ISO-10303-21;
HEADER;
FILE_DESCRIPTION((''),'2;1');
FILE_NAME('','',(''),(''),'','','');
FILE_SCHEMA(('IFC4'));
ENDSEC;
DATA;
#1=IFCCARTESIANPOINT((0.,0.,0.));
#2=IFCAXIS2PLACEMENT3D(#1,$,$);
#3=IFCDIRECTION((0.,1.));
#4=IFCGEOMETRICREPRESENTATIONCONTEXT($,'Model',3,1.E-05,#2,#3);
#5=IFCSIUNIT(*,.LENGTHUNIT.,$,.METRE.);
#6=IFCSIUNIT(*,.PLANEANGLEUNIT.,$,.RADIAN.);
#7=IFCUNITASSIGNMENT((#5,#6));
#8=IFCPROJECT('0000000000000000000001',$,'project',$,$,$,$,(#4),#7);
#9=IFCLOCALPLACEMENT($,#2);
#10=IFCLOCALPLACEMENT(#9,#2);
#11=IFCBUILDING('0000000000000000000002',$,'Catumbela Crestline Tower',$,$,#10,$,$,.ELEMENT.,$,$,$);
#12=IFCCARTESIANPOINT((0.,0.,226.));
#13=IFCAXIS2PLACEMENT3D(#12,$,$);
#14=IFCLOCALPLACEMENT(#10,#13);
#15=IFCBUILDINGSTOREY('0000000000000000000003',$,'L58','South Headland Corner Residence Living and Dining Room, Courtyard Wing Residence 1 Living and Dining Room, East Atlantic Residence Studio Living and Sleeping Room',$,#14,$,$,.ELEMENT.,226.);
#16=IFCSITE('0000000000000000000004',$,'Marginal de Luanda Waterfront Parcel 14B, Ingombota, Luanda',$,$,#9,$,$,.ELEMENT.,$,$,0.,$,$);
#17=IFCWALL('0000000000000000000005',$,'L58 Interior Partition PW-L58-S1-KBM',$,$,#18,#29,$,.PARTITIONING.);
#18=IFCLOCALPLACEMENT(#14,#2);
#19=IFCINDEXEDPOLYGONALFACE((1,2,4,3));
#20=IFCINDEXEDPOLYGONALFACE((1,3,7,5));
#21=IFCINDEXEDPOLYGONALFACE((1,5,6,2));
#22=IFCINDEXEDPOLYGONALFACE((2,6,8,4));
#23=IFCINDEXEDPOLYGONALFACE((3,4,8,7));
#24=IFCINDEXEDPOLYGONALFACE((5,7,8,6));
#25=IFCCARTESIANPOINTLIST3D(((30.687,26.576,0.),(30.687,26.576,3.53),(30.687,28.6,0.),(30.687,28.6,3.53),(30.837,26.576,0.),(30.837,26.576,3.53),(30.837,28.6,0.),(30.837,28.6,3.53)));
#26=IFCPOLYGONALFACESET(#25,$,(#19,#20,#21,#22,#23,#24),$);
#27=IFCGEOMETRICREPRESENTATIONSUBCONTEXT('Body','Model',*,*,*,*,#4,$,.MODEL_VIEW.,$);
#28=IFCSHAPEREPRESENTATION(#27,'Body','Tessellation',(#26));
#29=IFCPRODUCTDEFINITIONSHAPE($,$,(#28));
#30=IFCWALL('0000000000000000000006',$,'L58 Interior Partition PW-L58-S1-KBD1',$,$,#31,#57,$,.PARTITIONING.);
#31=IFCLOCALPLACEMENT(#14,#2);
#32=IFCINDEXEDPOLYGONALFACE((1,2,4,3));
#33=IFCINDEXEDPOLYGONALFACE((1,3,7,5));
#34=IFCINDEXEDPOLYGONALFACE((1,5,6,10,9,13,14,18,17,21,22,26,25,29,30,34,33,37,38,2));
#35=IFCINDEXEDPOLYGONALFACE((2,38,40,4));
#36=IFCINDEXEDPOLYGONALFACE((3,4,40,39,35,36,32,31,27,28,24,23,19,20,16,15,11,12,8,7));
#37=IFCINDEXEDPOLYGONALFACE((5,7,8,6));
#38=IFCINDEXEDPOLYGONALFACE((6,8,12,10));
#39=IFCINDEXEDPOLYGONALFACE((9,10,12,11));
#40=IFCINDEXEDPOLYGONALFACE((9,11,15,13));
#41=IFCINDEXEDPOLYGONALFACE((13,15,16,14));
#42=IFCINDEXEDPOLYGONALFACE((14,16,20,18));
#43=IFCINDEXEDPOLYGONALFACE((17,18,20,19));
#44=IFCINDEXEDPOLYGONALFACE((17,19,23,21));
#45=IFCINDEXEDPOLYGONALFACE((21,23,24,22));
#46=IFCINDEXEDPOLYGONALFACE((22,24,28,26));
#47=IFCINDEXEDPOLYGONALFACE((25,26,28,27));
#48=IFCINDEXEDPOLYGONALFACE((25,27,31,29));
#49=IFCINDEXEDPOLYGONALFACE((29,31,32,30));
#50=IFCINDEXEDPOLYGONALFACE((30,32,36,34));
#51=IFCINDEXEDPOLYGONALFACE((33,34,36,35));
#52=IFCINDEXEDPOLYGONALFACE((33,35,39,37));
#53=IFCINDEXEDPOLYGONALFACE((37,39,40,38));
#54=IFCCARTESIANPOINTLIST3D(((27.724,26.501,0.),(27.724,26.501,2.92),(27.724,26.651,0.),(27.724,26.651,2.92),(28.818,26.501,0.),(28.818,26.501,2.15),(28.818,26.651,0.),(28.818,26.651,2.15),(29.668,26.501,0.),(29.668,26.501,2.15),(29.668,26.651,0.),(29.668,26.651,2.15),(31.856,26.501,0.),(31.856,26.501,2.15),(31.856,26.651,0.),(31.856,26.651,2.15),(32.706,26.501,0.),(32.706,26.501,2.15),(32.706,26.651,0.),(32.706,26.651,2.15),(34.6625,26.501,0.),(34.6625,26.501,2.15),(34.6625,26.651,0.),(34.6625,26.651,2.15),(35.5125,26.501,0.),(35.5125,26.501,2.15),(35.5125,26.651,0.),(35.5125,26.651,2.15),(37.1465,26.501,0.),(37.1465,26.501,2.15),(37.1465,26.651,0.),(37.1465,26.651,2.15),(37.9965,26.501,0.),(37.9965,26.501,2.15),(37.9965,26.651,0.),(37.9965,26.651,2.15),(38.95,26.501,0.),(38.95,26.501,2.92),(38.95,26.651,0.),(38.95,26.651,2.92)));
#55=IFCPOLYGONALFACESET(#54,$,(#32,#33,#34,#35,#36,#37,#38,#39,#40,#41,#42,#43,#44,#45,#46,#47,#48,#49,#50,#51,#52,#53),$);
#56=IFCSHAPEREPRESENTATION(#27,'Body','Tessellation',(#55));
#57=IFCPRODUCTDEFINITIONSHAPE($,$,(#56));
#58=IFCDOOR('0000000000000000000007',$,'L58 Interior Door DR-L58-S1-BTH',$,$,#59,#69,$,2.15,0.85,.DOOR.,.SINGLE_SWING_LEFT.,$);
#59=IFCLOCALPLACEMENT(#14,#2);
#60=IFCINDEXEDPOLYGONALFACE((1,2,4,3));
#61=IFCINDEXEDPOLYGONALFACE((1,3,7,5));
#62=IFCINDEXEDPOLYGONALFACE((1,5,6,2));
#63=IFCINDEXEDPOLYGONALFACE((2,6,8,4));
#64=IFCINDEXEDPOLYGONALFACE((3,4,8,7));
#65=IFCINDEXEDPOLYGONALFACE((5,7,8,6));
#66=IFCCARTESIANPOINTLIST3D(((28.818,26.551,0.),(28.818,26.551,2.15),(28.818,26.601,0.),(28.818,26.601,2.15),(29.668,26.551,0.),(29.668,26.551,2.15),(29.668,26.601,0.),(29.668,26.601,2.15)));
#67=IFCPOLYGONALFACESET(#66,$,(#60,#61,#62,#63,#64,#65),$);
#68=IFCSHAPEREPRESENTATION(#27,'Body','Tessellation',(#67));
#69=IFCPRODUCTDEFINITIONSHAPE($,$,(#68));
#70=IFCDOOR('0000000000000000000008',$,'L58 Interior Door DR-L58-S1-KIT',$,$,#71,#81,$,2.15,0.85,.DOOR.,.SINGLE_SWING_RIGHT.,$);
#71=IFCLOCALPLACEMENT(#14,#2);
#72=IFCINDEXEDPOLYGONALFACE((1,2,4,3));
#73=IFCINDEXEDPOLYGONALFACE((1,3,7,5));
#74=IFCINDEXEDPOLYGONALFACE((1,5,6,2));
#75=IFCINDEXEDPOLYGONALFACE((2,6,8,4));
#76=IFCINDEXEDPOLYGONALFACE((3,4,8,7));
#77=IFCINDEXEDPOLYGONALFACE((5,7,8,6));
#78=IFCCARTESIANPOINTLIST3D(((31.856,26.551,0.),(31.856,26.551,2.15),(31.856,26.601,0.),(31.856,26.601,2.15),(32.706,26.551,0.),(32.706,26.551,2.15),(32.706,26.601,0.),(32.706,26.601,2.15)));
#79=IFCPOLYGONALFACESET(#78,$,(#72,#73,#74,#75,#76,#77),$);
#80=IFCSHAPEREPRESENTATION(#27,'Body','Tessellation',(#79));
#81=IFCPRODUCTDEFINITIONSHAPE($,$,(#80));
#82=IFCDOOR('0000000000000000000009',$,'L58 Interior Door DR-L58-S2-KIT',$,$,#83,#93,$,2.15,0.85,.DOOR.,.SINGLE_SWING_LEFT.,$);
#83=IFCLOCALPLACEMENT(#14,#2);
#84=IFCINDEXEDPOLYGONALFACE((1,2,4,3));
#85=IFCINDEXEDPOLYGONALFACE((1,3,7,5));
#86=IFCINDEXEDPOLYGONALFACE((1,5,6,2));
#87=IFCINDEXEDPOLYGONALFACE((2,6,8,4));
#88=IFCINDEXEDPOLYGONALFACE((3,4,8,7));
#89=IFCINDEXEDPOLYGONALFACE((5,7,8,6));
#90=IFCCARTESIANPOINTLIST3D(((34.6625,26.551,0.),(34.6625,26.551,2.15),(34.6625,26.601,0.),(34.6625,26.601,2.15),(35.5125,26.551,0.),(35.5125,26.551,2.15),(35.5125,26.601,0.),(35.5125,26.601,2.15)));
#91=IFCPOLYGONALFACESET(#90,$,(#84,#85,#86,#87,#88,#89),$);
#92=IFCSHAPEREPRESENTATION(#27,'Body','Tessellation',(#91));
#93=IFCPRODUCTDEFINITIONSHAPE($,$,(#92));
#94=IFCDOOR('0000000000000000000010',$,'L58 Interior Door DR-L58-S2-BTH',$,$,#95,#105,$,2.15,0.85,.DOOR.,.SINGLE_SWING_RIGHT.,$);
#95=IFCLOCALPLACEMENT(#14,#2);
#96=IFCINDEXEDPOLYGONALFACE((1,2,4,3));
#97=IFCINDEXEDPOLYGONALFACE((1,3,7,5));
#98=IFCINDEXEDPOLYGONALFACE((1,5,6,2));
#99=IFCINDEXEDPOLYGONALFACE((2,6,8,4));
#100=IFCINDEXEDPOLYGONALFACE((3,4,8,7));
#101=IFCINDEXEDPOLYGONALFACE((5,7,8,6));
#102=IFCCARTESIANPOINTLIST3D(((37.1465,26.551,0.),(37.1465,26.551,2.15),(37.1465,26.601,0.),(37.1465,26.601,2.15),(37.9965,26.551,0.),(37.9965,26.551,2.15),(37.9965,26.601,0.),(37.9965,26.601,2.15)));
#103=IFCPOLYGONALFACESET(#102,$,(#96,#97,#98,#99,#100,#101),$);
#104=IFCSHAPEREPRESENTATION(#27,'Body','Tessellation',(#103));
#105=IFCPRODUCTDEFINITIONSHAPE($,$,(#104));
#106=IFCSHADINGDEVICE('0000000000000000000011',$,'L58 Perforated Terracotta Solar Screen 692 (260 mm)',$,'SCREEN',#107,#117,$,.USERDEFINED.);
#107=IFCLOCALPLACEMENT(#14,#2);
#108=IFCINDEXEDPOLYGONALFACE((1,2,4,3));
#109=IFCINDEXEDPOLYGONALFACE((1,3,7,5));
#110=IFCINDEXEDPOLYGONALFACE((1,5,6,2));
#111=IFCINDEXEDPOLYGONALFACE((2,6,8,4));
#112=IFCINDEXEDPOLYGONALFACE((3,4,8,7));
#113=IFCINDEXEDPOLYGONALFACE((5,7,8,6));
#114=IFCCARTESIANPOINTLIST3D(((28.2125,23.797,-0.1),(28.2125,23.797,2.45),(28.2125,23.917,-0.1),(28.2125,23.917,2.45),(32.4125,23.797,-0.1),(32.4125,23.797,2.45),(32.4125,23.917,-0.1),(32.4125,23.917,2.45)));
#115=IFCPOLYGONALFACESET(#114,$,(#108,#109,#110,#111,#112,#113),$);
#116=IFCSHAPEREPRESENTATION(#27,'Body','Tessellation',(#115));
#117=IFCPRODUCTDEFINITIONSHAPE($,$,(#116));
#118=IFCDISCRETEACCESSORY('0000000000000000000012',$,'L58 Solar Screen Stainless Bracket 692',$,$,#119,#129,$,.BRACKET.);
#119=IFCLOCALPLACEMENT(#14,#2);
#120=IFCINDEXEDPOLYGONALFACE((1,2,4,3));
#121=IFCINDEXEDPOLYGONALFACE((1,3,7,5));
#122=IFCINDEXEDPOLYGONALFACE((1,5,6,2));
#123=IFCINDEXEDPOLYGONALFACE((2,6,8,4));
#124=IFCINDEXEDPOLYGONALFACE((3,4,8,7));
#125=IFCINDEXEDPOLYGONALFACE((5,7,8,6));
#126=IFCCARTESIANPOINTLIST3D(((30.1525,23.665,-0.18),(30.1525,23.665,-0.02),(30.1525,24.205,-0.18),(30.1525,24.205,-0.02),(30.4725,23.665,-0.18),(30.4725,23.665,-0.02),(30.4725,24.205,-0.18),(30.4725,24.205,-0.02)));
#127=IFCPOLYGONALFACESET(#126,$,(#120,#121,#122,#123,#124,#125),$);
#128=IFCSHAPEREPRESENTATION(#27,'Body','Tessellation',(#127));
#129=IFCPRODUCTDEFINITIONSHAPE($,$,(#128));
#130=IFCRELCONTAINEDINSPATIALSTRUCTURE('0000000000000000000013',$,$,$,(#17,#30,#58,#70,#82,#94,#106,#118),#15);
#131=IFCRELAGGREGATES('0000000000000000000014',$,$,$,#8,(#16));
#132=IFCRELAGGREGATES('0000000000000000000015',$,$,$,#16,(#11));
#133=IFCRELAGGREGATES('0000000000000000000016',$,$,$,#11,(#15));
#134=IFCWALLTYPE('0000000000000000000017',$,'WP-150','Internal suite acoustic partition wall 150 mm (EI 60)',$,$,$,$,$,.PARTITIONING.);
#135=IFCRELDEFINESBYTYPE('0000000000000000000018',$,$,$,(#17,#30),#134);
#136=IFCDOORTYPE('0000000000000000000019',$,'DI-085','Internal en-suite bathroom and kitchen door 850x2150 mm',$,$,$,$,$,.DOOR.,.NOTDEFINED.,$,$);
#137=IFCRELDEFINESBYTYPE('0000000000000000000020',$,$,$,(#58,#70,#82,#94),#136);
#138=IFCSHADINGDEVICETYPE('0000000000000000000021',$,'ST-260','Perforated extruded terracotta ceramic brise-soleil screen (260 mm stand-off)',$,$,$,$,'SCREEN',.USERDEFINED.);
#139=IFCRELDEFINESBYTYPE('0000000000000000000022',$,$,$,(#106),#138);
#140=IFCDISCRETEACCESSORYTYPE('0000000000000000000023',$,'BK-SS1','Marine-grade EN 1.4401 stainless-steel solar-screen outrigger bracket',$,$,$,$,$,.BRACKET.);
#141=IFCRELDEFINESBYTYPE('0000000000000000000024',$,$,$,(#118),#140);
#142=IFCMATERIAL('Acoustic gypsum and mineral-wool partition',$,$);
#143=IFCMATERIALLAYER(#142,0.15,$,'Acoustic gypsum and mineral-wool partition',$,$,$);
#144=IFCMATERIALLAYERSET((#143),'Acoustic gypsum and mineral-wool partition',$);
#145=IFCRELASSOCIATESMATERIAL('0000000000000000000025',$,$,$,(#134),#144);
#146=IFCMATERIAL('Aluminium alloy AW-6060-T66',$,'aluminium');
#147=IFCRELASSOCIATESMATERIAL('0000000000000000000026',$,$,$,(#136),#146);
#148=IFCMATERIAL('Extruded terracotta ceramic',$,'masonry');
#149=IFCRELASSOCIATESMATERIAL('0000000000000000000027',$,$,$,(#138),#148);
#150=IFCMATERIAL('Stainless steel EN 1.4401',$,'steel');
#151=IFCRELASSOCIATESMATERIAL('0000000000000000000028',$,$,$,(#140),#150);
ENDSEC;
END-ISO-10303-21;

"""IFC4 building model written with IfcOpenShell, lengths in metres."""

from ifc_helpers import new_model, si_unit, direction, frame, frame_2d, origin, origin_2d, place, context, subcontext, project, spatial, rectangle, extrude, material, layer, layer_set, type_object, element, fill, save


model = new_model("IFC4")

# Units and contexts
model_context = context("Model", 3, precision=1e-05, world=origin(), true_north=direction((0.0, 1.0)))
body_context = subcontext(model_context, "Body", "Model", "MODEL_VIEW")
ifc_project = project(units=[si_unit("LENGTHUNIT", "METRE"), si_unit("PLANEANGLEUNIT", "RADIAN")], contexts=[model_context])

# Site, building, storey
site_placement = place(None, origin())
site = spatial("IfcSite", under=ifc_project, at=site_placement, Name="Marginal de Luanda Waterfront Parcel 14B, Ingombota, Luanda", CompositionType="ELEMENT", RefElevation=0.0)
building_placement = place(site_placement, origin())
building = spatial("IfcBuilding", under=site, at=building_placement, Name="Catumbela Crestline Tower", CompositionType="ELEMENT")
storey_placement = place(building_placement, frame((0.0, 0.0, 226.0)))
storey = spatial("IfcBuildingStorey", under=building, at=storey_placement, Name="L58", Description="South Headland Corner Residence Living and Dining Room, Courtyard Wing Residence 1 Living and Dining Room, East Atlantic Residence Studio Living and Sleeping Room", CompositionType="ELEMENT", Elevation=226.0)

# Shared definitions
ifc_material_1 = material(Name="Aluminium alloy AW-6060-T66", Category="aluminium")

# Wall
ifc_material_2 = material(Name="Acoustic gypsum and mineral-wool partition")
ifc_layer_1 = layer(ifc_material_2, 0.15, Name="Acoustic gypsum and mineral-wool partition")
ifc_layer_set_1 = layer_set([ifc_layer_1], Name="Acoustic gypsum and mineral-wool partition")
wall_type = type_object("IfcWallType", Name="WP-150", Description="Internal suite acoustic partition wall 150 mm (EI 60)", PredefinedType="PARTITIONING", material=ifc_layer_set_1)
for number, where, z_axis, x_axis, name in (
    (1, (30.762, 26.576, 0.0), (0.0, 0.0, 1.0), (0.0, 1.0, 0.0), "L58 Interior Partition PW-L58-S1-KBM"),
):
    element("IfcWall", number, at=place(storey_placement, frame(where, z_axis=z_axis, x_axis=x_axis)), inside=storey, type_object=wall_type, Name=name, PredefinedType="PARTITIONING", context=body_context, shape_type="SweptSolid", body=[
        extrude(rectangle(XDim=2.024, YDim=0.15, at=frame_2d((1.012, 0.0))), origin(), (0.0, 0.0, 1.0), 3.53),
    ])

# Wall, openings, doors
wall_placement = place(storey_placement, frame((27.724, 26.576, 0.0), z_axis=(0.0, 0.0, 1.0), x_axis=(1.0, 0.0, 0.0)))
wall = element("IfcWall", 2, at=wall_placement, inside=storey, type_object=wall_type, Name="L58 Interior Partition PW-L58-S1-KBD1", PredefinedType="PARTITIONING", context=body_context, shape_type="SweptSolid", body=[
    extrude(rectangle(XDim=11.226, YDim=0.15, at=frame_2d((5.613, 0.0))), origin(), (0.0, 0.0, 1.0), 2.92),
])
opening_1_placement = place(wall_placement, frame((1.094, 0.0, 0.0)))
opening_1 = element("IfcOpeningElement", 3, at=opening_1_placement, cuts=wall, PredefinedType="OPENING", context=body_context, shape_type="SweptSolid", body=[
    extrude(rectangle(XDim=0.85, YDim=2.15, at=frame_2d((0.425, 1.075))), frame((0.0, 0.085, 0.0), z_axis=(0.0, -1.0, 0.0), x_axis=(1.0, 0.0, 0.0)), (0.0, 0.0, 1.0), 0.17),
])
opening_2_placement = place(wall_placement, frame((4.132, 0.0, 0.0)))
opening_2 = element("IfcOpeningElement", 4, at=opening_2_placement, cuts=wall, PredefinedType="OPENING", context=body_context, shape_type="SweptSolid", body=[
    extrude(rectangle(XDim=0.85, YDim=2.15, at=frame_2d((0.425, 1.075))), frame((0.0, 0.085, 0.0), z_axis=(0.0, -1.0, 0.0), x_axis=(1.0, 0.0, 0.0)), (0.0, 0.0, 1.0), 0.17),
])
opening_3_placement = place(wall_placement, frame((6.9385, 0.0, 0.0)))
opening_3 = element("IfcOpeningElement", 5, at=opening_3_placement, cuts=wall, PredefinedType="OPENING", context=body_context, shape_type="SweptSolid", body=[
    extrude(rectangle(XDim=0.85, YDim=2.15, at=frame_2d((0.425, 1.075))), frame((0.0, 0.085, 0.0), z_axis=(0.0, -1.0, 0.0), x_axis=(1.0, 0.0, 0.0)), (0.0, 0.0, 1.0), 0.17),
])
opening_4_placement = place(wall_placement, frame((9.4225, 0.0, 0.0)))
opening_4 = element("IfcOpeningElement", 6, at=opening_4_placement, cuts=wall, PredefinedType="OPENING", context=body_context, shape_type="SweptSolid", body=[
    extrude(rectangle(XDim=0.85, YDim=2.15, at=frame_2d((0.425, 1.075))), frame((0.0, 0.085, 0.0), z_axis=(0.0, -1.0, 0.0), x_axis=(1.0, 0.0, 0.0)), (0.0, 0.0, 1.0), 0.17),
])
door_type = type_object("IfcDoorType", Name="DI-085", Description="Internal en-suite bathroom and kitchen door 850x2150 mm", OperationType="NOTDEFINED", PredefinedType="DOOR", material=ifc_material_1)
door_1_placement = place(opening_1_placement, origin())
door_1 = element("IfcDoor", 7, at=door_1_placement, inside=storey, type_object=door_type, Name="L58 Interior Door DR-L58-S1-BTH", OperationType="SINGLE_SWING_LEFT", OverallHeight=2.15, OverallWidth=0.85, PredefinedType="DOOR", context=body_context, shape_type="SweptSolid", body=[
    extrude(rectangle(XDim=0.85, YDim=2.15, at=frame_2d((0.425, 1.075))), frame((0.0, 0.025, 0.0), z_axis=(0.0, -1.0, 0.0), x_axis=(1.0, 0.0, 0.0)), (0.0, 0.0, 1.0), 0.05),
])
fill(opening_1, door_1)
door_2_placement = place(opening_2_placement, origin())
door_2 = element("IfcDoor", 8, at=door_2_placement, inside=storey, type_object=door_type, Name="L58 Interior Door DR-L58-S1-KIT", OperationType="SINGLE_SWING_RIGHT", OverallHeight=2.15, OverallWidth=0.85, PredefinedType="DOOR", context=body_context, shape_type="SweptSolid", body=[
    extrude(rectangle(XDim=0.85, YDim=2.15, at=frame_2d((0.425, 1.075))), frame((0.0, 0.025, 0.0), z_axis=(0.0, -1.0, 0.0), x_axis=(1.0, 0.0, 0.0)), (0.0, 0.0, 1.0), 0.05),
])
fill(opening_2, door_2)
door_3_placement = place(opening_3_placement, origin())
door_3 = element("IfcDoor", 9, at=door_3_placement, inside=storey, type_object=door_type, Name="L58 Interior Door DR-L58-S2-KIT", OperationType="SINGLE_SWING_LEFT", OverallHeight=2.15, OverallWidth=0.85, PredefinedType="DOOR", context=body_context, shape_type="SweptSolid", body=[
    extrude(rectangle(XDim=0.85, YDim=2.15, at=frame_2d((0.425, 1.075))), frame((0.0, 0.025, 0.0), z_axis=(0.0, -1.0, 0.0), x_axis=(1.0, 0.0, 0.0)), (0.0, 0.0, 1.0), 0.05),
])
fill(opening_3, door_3)
door_4_placement = place(opening_4_placement, origin())
door_4 = element("IfcDoor", 10, at=door_4_placement, inside=storey, type_object=door_type, Name="L58 Interior Door DR-L58-S2-BTH", OperationType="SINGLE_SWING_RIGHT", OverallHeight=2.15, OverallWidth=0.85, PredefinedType="DOOR", context=body_context, shape_type="SweptSolid", body=[
    extrude(rectangle(XDim=0.85, YDim=2.15, at=frame_2d((0.425, 1.075))), frame((0.0, 0.025, 0.0), z_axis=(0.0, -1.0, 0.0), x_axis=(1.0, 0.0, 0.0)), (0.0, 0.0, 1.0), 0.05),
])
fill(opening_4, door_4)

# Shading device
ifc_material_3 = material(Name="Extruded terracotta ceramic", Category="masonry")
shading_device_type = type_object("IfcShadingDeviceType", Name="ST-260", Description="Perforated extruded terracotta ceramic brise-soleil screen (260 mm stand-off)", ElementType="SCREEN", PredefinedType="USERDEFINED", material=ifc_material_3)
shading_device_placement = place(storey_placement, frame((30.3125, 23.857, -0.1), z_axis=(0.0, 0.0, 1.0), x_axis=(1.0, 0.0, 0.0)))
element("IfcShadingDevice", 11, at=shading_device_placement, inside=storey, type_object=shading_device_type, Name="L58 Perforated Terracotta Solar Screen 692 (260 mm)", ObjectType="SCREEN", PredefinedType="USERDEFINED", context=body_context, shape_type="SweptSolid", body=[
    extrude(rectangle(XDim=4.2, YDim=0.12, at=origin_2d()), origin(), (0.0, 0.0, 1.0), 2.55),
])

# Discrete accessory
ifc_material_4 = material(Name="Stainless steel EN 1.4401", Category="steel")
discrete_accessory_type = type_object("IfcDiscreteAccessoryType", Name="BK-SS1", Description="Marine-grade EN 1.4401 stainless-steel solar-screen outrigger bracket", PredefinedType="BRACKET", material=ifc_material_4)
discrete_accessory_placement = place(storey_placement, frame((30.3125, 23.935, -0.18), z_axis=(0.0, 0.0, 1.0), x_axis=(1.0, 0.0, 0.0)))
element("IfcDiscreteAccessory", 12, at=discrete_accessory_placement, inside=storey, type_object=discrete_accessory_type, Name="L58 Solar Screen Stainless Bracket 692", PredefinedType="BRACKET", context=body_context, shape_type="SweptSolid", body=[
    extrude(rectangle(XDim=0.32, YDim=0.54, at=origin_2d()), origin(), (0.0, 0.0, 1.0), 0.16),
])

save(model, "model.ifc")
